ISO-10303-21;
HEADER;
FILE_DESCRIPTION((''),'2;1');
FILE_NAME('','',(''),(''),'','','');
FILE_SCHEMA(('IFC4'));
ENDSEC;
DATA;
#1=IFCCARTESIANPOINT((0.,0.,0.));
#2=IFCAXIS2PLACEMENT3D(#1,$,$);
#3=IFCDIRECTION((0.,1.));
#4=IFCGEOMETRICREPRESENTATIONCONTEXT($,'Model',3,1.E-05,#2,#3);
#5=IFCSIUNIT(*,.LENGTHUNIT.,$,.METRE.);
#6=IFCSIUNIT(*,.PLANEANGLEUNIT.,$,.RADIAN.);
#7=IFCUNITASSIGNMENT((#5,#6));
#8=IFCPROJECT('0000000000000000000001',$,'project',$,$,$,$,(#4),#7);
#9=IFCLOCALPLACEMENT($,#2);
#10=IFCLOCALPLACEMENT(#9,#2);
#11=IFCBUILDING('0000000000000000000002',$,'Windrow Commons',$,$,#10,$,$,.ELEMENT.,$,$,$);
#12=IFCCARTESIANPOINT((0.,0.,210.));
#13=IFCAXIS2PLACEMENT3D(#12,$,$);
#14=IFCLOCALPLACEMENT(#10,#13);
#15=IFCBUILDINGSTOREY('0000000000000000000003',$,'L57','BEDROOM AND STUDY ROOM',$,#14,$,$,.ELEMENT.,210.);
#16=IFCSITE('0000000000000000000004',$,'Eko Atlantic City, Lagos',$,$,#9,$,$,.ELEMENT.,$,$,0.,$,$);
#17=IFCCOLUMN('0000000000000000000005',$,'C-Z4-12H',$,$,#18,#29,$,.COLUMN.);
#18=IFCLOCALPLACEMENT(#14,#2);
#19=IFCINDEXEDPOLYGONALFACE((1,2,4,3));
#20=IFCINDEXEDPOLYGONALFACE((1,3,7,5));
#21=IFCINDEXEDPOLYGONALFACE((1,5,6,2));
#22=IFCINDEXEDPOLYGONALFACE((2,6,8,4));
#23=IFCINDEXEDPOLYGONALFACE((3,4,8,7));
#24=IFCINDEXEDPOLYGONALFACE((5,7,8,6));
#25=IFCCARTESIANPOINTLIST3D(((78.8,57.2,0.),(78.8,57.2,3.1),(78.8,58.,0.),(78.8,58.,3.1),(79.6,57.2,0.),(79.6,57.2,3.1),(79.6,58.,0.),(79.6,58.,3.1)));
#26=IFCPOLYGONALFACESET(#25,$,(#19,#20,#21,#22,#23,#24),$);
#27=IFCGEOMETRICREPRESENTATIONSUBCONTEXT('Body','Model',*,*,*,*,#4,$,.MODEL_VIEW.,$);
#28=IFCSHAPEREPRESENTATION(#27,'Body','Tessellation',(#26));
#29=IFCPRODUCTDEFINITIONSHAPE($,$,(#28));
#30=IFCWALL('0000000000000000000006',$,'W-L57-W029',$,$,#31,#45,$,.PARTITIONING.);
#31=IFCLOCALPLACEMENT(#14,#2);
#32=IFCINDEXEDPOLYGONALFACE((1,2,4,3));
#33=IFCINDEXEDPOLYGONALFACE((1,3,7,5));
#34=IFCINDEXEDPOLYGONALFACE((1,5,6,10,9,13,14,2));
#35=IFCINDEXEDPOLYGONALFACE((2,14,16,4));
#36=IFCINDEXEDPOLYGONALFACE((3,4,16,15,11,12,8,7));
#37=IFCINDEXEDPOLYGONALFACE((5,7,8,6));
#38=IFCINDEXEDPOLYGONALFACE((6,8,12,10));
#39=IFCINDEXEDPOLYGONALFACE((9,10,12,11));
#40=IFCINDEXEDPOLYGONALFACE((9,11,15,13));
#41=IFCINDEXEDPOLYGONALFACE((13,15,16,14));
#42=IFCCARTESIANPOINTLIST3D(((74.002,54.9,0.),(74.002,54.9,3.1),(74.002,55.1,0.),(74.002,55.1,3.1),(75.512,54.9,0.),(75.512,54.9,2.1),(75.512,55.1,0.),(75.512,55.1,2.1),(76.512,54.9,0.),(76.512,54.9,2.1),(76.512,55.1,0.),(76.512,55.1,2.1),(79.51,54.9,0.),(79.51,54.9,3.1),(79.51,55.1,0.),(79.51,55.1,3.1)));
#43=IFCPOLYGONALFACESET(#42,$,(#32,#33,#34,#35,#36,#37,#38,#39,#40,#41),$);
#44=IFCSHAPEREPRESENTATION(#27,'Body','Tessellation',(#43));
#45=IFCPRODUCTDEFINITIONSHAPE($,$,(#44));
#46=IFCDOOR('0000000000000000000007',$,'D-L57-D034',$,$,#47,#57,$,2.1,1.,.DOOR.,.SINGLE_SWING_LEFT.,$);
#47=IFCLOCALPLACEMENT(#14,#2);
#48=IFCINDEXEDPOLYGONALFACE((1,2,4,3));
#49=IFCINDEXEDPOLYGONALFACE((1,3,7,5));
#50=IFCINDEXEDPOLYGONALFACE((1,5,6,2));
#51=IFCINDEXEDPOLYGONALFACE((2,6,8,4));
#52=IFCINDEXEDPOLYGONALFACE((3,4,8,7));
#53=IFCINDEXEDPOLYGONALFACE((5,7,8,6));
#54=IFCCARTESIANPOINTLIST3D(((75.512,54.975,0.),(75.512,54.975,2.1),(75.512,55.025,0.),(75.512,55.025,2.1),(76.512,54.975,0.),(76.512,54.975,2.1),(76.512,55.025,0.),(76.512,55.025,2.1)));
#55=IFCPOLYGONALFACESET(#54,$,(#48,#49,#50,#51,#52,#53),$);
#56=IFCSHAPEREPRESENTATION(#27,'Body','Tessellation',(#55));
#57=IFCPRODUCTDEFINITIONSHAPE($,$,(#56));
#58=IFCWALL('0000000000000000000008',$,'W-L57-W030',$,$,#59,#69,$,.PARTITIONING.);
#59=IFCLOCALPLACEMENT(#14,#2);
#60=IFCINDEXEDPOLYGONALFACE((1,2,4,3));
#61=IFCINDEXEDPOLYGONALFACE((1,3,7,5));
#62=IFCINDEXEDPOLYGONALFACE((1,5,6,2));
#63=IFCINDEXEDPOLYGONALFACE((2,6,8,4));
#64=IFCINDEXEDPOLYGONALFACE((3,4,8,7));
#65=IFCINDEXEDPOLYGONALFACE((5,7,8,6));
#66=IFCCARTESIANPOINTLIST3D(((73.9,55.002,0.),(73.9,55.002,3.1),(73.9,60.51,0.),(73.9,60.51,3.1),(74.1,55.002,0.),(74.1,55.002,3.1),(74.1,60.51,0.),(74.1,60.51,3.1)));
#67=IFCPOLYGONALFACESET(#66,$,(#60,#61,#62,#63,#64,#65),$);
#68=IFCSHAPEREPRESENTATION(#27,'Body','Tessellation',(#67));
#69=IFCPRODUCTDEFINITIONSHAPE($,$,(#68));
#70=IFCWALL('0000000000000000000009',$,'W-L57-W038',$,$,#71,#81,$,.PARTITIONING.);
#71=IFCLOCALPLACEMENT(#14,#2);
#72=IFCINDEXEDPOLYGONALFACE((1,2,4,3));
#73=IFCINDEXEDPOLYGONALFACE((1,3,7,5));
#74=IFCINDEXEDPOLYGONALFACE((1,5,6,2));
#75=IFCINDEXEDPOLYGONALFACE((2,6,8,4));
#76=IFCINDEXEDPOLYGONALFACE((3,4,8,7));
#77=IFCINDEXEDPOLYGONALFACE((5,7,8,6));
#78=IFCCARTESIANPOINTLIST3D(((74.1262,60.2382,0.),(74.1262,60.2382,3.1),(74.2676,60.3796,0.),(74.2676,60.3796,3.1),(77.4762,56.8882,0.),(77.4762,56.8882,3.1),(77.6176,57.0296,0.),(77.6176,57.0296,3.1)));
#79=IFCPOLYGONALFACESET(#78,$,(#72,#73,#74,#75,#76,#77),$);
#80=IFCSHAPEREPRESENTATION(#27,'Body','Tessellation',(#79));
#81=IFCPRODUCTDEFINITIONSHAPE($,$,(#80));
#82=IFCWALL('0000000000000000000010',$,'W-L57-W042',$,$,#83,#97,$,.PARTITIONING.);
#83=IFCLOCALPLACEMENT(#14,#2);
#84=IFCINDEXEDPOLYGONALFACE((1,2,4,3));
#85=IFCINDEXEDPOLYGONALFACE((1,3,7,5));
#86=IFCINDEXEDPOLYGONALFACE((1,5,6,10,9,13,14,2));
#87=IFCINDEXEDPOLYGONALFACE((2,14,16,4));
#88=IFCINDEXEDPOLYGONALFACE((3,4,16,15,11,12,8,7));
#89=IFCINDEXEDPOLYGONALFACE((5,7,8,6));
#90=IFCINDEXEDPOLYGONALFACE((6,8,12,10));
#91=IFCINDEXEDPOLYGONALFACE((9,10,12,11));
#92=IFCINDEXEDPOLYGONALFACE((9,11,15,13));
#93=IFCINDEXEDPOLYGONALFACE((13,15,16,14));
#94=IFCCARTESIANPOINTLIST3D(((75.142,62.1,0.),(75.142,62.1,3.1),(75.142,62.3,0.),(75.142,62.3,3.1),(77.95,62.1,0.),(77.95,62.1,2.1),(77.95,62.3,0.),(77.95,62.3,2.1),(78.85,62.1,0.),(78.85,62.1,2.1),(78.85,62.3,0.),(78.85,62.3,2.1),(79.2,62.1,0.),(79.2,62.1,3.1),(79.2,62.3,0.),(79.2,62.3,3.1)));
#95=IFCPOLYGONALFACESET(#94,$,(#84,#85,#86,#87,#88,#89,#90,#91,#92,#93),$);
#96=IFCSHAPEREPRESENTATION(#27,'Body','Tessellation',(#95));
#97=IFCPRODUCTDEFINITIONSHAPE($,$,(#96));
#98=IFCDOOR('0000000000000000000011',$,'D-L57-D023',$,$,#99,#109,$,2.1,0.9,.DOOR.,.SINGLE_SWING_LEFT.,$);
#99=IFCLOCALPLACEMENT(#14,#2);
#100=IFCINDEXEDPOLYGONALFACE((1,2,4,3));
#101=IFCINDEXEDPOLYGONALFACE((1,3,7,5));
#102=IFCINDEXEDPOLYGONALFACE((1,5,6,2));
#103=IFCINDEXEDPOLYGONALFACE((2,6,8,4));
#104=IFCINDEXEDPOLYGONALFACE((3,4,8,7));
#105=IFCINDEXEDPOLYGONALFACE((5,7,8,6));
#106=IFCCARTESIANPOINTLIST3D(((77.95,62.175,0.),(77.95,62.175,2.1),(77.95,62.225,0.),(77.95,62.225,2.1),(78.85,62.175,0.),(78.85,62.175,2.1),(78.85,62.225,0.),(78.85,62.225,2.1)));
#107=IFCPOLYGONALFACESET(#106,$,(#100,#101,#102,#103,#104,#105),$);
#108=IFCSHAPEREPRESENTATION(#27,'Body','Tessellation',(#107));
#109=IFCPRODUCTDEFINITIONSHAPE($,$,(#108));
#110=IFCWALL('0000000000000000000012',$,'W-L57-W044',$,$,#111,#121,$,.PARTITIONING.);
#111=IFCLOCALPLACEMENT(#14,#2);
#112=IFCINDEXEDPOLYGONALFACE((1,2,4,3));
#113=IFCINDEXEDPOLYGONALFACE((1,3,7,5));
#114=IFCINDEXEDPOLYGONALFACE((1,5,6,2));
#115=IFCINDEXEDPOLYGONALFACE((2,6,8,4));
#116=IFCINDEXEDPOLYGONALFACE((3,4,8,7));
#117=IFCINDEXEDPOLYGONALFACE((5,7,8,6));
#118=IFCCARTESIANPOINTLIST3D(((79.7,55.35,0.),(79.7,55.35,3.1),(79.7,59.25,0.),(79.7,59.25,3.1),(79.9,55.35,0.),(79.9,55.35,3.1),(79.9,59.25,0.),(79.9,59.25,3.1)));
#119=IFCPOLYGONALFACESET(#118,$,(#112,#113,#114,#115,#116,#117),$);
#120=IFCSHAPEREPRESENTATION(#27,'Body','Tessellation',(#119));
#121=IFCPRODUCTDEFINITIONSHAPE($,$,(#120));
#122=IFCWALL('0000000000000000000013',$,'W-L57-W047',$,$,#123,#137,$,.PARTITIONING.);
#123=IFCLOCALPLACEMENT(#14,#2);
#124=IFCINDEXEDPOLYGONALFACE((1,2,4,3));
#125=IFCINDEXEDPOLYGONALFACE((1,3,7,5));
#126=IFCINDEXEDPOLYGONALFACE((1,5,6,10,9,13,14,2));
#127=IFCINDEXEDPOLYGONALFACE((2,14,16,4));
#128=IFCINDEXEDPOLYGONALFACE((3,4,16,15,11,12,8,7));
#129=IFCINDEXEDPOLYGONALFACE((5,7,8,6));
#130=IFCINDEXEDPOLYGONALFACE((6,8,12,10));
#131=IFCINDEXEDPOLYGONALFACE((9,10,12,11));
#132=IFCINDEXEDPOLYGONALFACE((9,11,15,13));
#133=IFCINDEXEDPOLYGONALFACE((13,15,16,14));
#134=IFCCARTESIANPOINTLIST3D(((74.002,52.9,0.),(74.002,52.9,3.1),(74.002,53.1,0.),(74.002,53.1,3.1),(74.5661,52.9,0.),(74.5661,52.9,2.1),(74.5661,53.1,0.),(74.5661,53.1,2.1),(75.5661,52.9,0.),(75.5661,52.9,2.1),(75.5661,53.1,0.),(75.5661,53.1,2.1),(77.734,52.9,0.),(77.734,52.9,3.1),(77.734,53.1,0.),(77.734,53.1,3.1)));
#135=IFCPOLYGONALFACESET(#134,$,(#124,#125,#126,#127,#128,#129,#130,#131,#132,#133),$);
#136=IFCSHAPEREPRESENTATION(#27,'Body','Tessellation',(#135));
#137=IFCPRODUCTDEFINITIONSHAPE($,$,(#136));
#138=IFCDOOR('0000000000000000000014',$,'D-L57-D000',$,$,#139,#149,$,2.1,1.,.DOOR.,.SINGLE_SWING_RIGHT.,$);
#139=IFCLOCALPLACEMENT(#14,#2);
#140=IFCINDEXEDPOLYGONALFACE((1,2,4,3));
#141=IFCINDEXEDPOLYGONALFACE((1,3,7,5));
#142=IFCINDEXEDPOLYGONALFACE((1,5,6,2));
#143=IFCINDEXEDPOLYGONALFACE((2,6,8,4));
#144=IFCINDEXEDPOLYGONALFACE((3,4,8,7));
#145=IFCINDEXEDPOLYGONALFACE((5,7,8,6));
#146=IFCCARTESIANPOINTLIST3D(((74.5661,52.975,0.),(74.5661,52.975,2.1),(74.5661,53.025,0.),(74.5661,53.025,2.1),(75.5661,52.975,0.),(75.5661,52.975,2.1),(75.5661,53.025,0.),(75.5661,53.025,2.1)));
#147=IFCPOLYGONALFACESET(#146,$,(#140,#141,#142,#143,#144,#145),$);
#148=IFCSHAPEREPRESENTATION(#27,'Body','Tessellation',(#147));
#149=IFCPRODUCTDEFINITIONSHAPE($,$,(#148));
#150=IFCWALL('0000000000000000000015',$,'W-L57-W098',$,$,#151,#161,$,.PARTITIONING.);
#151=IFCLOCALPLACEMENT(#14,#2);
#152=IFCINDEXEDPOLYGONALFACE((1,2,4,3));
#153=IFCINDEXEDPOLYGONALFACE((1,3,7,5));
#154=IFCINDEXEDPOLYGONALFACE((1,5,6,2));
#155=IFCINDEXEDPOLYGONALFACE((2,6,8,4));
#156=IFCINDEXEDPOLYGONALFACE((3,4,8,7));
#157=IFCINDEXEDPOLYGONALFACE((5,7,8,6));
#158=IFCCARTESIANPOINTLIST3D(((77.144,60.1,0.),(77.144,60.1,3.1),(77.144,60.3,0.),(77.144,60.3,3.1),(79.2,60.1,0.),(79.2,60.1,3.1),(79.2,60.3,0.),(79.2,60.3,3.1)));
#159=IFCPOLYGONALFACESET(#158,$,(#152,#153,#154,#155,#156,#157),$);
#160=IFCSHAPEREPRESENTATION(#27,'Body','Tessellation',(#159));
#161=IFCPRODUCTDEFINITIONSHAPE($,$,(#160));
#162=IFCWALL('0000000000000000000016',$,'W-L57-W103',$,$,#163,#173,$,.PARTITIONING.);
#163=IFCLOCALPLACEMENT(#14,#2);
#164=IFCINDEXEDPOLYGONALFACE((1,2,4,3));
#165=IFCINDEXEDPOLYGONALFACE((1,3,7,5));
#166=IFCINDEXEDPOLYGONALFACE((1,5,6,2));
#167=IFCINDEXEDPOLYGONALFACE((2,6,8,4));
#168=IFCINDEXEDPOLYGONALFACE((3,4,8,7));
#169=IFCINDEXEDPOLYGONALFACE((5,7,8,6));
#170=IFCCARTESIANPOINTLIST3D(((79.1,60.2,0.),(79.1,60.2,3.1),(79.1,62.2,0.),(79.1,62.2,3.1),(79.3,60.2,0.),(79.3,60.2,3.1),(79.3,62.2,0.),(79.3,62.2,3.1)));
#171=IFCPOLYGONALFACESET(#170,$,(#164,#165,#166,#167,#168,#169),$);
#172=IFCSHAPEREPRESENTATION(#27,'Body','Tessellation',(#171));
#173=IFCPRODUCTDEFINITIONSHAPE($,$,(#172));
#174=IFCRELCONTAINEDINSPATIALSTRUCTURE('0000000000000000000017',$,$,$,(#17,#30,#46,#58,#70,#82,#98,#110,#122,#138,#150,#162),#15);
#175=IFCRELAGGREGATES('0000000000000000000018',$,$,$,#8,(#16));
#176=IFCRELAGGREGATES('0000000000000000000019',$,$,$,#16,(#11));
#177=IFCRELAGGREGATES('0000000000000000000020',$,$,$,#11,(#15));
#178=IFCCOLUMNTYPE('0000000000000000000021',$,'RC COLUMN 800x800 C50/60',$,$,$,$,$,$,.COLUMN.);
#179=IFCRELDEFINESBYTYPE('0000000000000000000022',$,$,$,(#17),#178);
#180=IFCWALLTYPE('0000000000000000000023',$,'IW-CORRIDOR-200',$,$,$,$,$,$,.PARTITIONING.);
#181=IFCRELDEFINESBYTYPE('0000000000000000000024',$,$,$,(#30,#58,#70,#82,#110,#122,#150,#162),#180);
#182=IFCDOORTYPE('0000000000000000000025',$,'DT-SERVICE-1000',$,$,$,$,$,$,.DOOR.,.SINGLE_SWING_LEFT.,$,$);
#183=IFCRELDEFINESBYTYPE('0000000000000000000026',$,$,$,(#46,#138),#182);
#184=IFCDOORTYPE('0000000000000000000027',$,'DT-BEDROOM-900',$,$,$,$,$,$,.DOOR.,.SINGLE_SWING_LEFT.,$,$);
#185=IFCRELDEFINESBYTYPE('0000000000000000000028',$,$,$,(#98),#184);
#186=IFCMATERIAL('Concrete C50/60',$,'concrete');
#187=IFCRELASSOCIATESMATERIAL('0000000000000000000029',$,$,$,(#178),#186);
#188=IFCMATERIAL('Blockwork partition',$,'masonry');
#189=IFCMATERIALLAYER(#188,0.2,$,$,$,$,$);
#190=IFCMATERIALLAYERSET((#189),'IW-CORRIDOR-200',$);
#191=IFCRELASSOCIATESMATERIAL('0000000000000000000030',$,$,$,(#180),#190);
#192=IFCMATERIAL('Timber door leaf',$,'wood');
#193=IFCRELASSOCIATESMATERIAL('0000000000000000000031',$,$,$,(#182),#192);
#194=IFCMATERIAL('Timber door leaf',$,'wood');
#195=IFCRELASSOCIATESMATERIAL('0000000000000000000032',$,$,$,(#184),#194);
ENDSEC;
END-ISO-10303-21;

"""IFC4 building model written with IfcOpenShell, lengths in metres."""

from ifc_helpers import new_model, si_unit, direction, frame, frame_2d, origin, origin_2d, place, context, subcontext, project, spatial, rectangle, extrude, material, layer, layer_set, material_profile, profile_set, type_object, element, fill, save


model = new_model("IFC4")

# Units and contexts
model_context = context("Model", 3, precision=1e-05, world=origin(), true_north=direction((0.0, 1.0)))
body_context = subcontext(model_context, "Body", "Model", "MODEL_VIEW")
ifc_project = project(units=[si_unit("LENGTHUNIT", "METRE"), si_unit("PLANEANGLEUNIT", "RADIAN")], contexts=[model_context])

# Site, building, storey
site_placement = place(None, origin())
site = spatial("IfcSite", under=ifc_project, at=site_placement, Name="Eko Atlantic City, Lagos", CompositionType="ELEMENT", RefElevation=0.0)
building_placement = place(site_placement, origin())
building = spatial("IfcBuilding", under=site, at=building_placement, Name="Windrow Commons", CompositionType="ELEMENT")
storey_placement = place(building_placement, frame((0.0, 0.0, 210.0)))
storey = spatial("IfcBuildingStorey", under=building, at=storey_placement, Name="L57", Description="BEDROOM AND STUDY ROOM", CompositionType="ELEMENT", Elevation=210.0)

# Column
ifc_material_1 = material(Name="Concrete C50/60", Category="concrete")
ifc_material_profile = material_profile(ifc_material_1, rectangle(XDim=0.8, YDim=0.8, at=origin_2d()))
ifc_profile_set = profile_set([ifc_material_profile], Name="Concrete C50/60")
column_type = type_object("IfcColumnType", Name="RC COLUMN 800x800 C50/60", PredefinedType="COLUMN", material=ifc_profile_set)
column_placement = place(storey_placement, frame((79.2, 57.6, 0.0), z_axis=(0.0, 0.0, 1.0), x_axis=(1.0, 0.0, 0.0)))
element("IfcColumn", 1, at=column_placement, inside=storey, type_object=column_type, Name="C-Z4-12H", PredefinedType="COLUMN", context=body_context, shape_type="SweptSolid", body=[
    extrude(rectangle(XDim=0.8, YDim=0.8, at=origin_2d()), origin(), (0.0, 0.0, 1.0), 3.1),
])

# Wall, opening, door
ifc_material_2 = material(Name="Blockwork partition", Category="masonry")
ifc_layer_1 = layer(ifc_material_2, 0.2)
ifc_layer_set_1 = layer_set([ifc_layer_1], Name="IW-CORRIDOR-200")
wall_type_1 = type_object("IfcWallType", Name="IW-CORRIDOR-200", PredefinedType="PARTITIONING", material=ifc_layer_set_1)
wall_1_placement = place(storey_placement, frame((74.002, 55.0, 0.0), z_axis=(0.0, 0.0, 1.0), x_axis=(1.0, 0.0, 0.0)))
wall_1 = element("IfcWall", 2, at=wall_1_placement, inside=storey, type_object=wall_type_1, Name="W-L57-W029", PredefinedType="PARTITIONING", context=body_context, shape_type="SweptSolid", body=[
    extrude(rectangle(XDim=5.508, YDim=0.2, at=frame_2d((2.754, 0.0))), origin(), (0.0, 0.0, 1.0), 3.1),
])
opening_1_placement = place(wall_1_placement, frame((1.51, 0.0, 0.0)))
opening_1 = element("IfcOpeningElement", 3, at=opening_1_placement, cuts=wall_1, PredefinedType="OPENING", context=body_context, shape_type="SweptSolid", body=[
    extrude(rectangle(XDim=1.0, YDim=2.1, at=frame_2d((0.5, 1.05))), frame((0.0, 0.11, 0.0), z_axis=(0.0, -1.0, 0.0), x_axis=(1.0, 0.0, 0.0)), (0.0, 0.0, 1.0), 0.22),
])
ifc_material_3 = material(Name="Timber door leaf", Category="wood")
door_type_1 = type_object("IfcDoorType", Name="DT-SERVICE-1000", OperationType="SINGLE_SWING_LEFT", PredefinedType="DOOR", material=ifc_material_3)
door_1_placement = place(opening_1_placement, origin())
door_1 = element("IfcDoor", 4, at=door_1_placement, inside=storey, type_object=door_type_1, Name="D-L57-D034", OperationType="SINGLE_SWING_LEFT", OverallHeight=2.1, OverallWidth=1.0, PredefinedType="DOOR", context=body_context, shape_type="SweptSolid", body=[
    extrude(rectangle(XDim=1.0, YDim=2.1, at=frame_2d((0.5, 1.05))), frame((0.0, 0.025, 0.0), z_axis=(0.0, -1.0, 0.0), x_axis=(1.0, 0.0, 0.0)), (0.0, 0.0, 1.0), 0.05),
])
fill(opening_1, door_1)

# Walls
wall_2_placement = place(storey_placement, frame((74.0, 55.002, 0.0), z_axis=(0.0, 0.0, 1.0), x_axis=(0.0, 1.0, 0.0)))
element("IfcWall", 5, at=wall_2_placement, inside=storey, type_object=wall_type_1, Name="W-L57-W030", PredefinedType="PARTITIONING", context=body_context, shape_type="SweptSolid", body=[
    extrude(rectangle(XDim=5.508, YDim=0.2, at=frame_2d((2.754, 0.0))), origin(), (0.0, 0.0, 1.0), 3.1),
])
wall_3_placement = place(storey_placement, frame((74.1969, 60.3089, 0.0), z_axis=(0.0, 0.0, 1.0), x_axis=(0.707107, -0.707107, 0.0)))
element("IfcWall", 6, at=wall_3_placement, inside=storey, type_object=wall_type_1, Name="W-L57-W038", PredefinedType="PARTITIONING", context=body_context, shape_type="SweptSolid", body=[
    extrude(rectangle(XDim=4.7376, YDim=0.2, at=frame_2d((2.3688, 0.0))), origin(), (0.0, 0.0, 1.0), 3.1),
])

# Wall, opening, door
wall_4_placement = place(storey_placement, frame((75.142, 62.2, 0.0), z_axis=(0.0, 0.0, 1.0), x_axis=(1.0, 0.0, 0.0)))
wall_4 = element("IfcWall", 7, at=wall_4_placement, inside=storey, type_object=wall_type_1, Name="W-L57-W042", PredefinedType="PARTITIONING", context=body_context, shape_type="SweptSolid", body=[
    extrude(rectangle(XDim=4.058, YDim=0.2, at=frame_2d((2.029, 0.0))), origin(), (0.0, 0.0, 1.0), 3.1),
])
opening_2_placement = place(wall_4_placement, frame((2.808, 0.0, 0.0)))
opening_2 = element("IfcOpeningElement", 8, at=opening_2_placement, cuts=wall_4, PredefinedType="OPENING", context=body_context, shape_type="SweptSolid", body=[
    extrude(rectangle(XDim=0.9, YDim=2.1, at=frame_2d((0.45, 1.05))), frame((0.0, 0.11, 0.0), z_axis=(0.0, -1.0, 0.0), x_axis=(1.0, 0.0, 0.0)), (0.0, 0.0, 1.0), 0.22),
])
ifc_material_4 = material(Name="Timber door leaf", Category="wood")
door_type_2 = type_object("IfcDoorType", Name="DT-BEDROOM-900", OperationType="SINGLE_SWING_LEFT", PredefinedType="DOOR", material=ifc_material_4)
door_2_placement = place(opening_2_placement, origin())
door_2 = element("IfcDoor", 9, at=door_2_placement, inside=storey, type_object=door_type_2, Name="D-L57-D023", OperationType="SINGLE_SWING_LEFT", OverallHeight=2.1, OverallWidth=0.9, PredefinedType="DOOR", context=body_context, shape_type="SweptSolid", body=[
    extrude(rectangle(XDim=0.9, YDim=2.1, at=frame_2d((0.45, 1.05))), frame((0.0, 0.025, 0.0), z_axis=(0.0, -1.0, 0.0), x_axis=(1.0, 0.0, 0.0)), (0.0, 0.0, 1.0), 0.05),
])
fill(opening_2, door_2)

# Wall
wall_5_placement = place(storey_placement, frame((79.8, 55.35, 0.0), z_axis=(0.0, 0.0, 1.0), x_axis=(0.0, 1.0, 0.0)))
element("IfcWall", 10, at=wall_5_placement, inside=storey, type_object=wall_type_1, Name="W-L57-W044", PredefinedType="PARTITIONING", context=body_context, shape_type="SweptSolid", body=[
    extrude(rectangle(XDim=3.9, YDim=0.2, at=frame_2d((1.95, 0.0))), origin(), (0.0, 0.0, 1.0), 3.1),
])

# Wall, opening, door
wall_6_placement = place(storey_placement, frame((74.002, 53.0, 0.0), z_axis=(0.0, 0.0, 1.0), x_axis=(1.0, 0.0, 0.0)))
wall_6 = element("IfcWall", 11, at=wall_6_placement, inside=storey, type_object=wall_type_1, Name="W-L57-W047", PredefinedType="PARTITIONING", context=body_context, shape_type="SweptSolid", body=[
    extrude(rectangle(XDim=3.732, YDim=0.2, at=frame_2d((1.866, 0.0))), origin(), (0.0, 0.0, 1.0), 3.1),
])
opening_3_placement = place(wall_6_placement, frame((0.5641, 0.0, 0.0)))
opening_3 = element("IfcOpeningElement", 12, at=opening_3_placement, cuts=wall_6, PredefinedType="OPENING", context=body_context, shape_type="SweptSolid", body=[
    extrude(rectangle(XDim=1.0, YDim=2.1, at=frame_2d((0.5, 1.05))), frame((0.0, 0.11, 0.0), z_axis=(0.0, -1.0, 0.0), x_axis=(1.0, 0.0, 0.0)), (0.0, 0.0, 1.0), 0.22),
])
door_3_placement = place(opening_3_placement, origin())
door_3 = element("IfcDoor", 13, at=door_3_placement, inside=storey, type_object=door_type_1, Name="D-L57-D000", OperationType="SINGLE_SWING_RIGHT", OverallHeight=2.1, OverallWidth=1.0, PredefinedType="DOOR", context=body_context, shape_type="SweptSolid", body=[
    extrude(rectangle(XDim=1.0, YDim=2.1, at=frame_2d((0.5, 1.05))), frame((0.0, 0.025, 0.0), z_axis=(0.0, -1.0, 0.0), x_axis=(1.0, 0.0, 0.0)), (0.0, 0.0, 1.0), 0.05),
])
fill(opening_3, door_3)

# Walls
wall_7_placement = place(storey_placement, frame((77.144, 60.2, 0.0), z_axis=(0.0, 0.0, 1.0), x_axis=(1.0, 0.0, 0.0)))
element("IfcWall", 14, at=wall_7_placement, inside=storey, type_object=wall_type_1, Name="W-L57-W098", PredefinedType="PARTITIONING", context=body_context, shape_type="SweptSolid", body=[
    extrude(rectangle(XDim=2.056, YDim=0.2, at=frame_2d((1.028, 0.0))), origin(), (0.0, 0.0, 1.0), 3.1),
])
wall_8_placement = place(storey_placement, frame((79.2, 60.2, 0.0), z_axis=(0.0, 0.0, 1.0), x_axis=(0.0, 1.0, 0.0)))
element("IfcWall", 15, at=wall_8_placement, inside=storey, type_object=wall_type_1, Name="W-L57-W103", PredefinedType="PARTITIONING", context=body_context, shape_type="SweptSolid", body=[
    extrude(rectangle(XDim=2.0, YDim=0.2, at=frame_2d((1.0, 0.0))), origin(), (0.0, 0.0, 1.0), 3.1),
])

save(model, "model.ifc")
